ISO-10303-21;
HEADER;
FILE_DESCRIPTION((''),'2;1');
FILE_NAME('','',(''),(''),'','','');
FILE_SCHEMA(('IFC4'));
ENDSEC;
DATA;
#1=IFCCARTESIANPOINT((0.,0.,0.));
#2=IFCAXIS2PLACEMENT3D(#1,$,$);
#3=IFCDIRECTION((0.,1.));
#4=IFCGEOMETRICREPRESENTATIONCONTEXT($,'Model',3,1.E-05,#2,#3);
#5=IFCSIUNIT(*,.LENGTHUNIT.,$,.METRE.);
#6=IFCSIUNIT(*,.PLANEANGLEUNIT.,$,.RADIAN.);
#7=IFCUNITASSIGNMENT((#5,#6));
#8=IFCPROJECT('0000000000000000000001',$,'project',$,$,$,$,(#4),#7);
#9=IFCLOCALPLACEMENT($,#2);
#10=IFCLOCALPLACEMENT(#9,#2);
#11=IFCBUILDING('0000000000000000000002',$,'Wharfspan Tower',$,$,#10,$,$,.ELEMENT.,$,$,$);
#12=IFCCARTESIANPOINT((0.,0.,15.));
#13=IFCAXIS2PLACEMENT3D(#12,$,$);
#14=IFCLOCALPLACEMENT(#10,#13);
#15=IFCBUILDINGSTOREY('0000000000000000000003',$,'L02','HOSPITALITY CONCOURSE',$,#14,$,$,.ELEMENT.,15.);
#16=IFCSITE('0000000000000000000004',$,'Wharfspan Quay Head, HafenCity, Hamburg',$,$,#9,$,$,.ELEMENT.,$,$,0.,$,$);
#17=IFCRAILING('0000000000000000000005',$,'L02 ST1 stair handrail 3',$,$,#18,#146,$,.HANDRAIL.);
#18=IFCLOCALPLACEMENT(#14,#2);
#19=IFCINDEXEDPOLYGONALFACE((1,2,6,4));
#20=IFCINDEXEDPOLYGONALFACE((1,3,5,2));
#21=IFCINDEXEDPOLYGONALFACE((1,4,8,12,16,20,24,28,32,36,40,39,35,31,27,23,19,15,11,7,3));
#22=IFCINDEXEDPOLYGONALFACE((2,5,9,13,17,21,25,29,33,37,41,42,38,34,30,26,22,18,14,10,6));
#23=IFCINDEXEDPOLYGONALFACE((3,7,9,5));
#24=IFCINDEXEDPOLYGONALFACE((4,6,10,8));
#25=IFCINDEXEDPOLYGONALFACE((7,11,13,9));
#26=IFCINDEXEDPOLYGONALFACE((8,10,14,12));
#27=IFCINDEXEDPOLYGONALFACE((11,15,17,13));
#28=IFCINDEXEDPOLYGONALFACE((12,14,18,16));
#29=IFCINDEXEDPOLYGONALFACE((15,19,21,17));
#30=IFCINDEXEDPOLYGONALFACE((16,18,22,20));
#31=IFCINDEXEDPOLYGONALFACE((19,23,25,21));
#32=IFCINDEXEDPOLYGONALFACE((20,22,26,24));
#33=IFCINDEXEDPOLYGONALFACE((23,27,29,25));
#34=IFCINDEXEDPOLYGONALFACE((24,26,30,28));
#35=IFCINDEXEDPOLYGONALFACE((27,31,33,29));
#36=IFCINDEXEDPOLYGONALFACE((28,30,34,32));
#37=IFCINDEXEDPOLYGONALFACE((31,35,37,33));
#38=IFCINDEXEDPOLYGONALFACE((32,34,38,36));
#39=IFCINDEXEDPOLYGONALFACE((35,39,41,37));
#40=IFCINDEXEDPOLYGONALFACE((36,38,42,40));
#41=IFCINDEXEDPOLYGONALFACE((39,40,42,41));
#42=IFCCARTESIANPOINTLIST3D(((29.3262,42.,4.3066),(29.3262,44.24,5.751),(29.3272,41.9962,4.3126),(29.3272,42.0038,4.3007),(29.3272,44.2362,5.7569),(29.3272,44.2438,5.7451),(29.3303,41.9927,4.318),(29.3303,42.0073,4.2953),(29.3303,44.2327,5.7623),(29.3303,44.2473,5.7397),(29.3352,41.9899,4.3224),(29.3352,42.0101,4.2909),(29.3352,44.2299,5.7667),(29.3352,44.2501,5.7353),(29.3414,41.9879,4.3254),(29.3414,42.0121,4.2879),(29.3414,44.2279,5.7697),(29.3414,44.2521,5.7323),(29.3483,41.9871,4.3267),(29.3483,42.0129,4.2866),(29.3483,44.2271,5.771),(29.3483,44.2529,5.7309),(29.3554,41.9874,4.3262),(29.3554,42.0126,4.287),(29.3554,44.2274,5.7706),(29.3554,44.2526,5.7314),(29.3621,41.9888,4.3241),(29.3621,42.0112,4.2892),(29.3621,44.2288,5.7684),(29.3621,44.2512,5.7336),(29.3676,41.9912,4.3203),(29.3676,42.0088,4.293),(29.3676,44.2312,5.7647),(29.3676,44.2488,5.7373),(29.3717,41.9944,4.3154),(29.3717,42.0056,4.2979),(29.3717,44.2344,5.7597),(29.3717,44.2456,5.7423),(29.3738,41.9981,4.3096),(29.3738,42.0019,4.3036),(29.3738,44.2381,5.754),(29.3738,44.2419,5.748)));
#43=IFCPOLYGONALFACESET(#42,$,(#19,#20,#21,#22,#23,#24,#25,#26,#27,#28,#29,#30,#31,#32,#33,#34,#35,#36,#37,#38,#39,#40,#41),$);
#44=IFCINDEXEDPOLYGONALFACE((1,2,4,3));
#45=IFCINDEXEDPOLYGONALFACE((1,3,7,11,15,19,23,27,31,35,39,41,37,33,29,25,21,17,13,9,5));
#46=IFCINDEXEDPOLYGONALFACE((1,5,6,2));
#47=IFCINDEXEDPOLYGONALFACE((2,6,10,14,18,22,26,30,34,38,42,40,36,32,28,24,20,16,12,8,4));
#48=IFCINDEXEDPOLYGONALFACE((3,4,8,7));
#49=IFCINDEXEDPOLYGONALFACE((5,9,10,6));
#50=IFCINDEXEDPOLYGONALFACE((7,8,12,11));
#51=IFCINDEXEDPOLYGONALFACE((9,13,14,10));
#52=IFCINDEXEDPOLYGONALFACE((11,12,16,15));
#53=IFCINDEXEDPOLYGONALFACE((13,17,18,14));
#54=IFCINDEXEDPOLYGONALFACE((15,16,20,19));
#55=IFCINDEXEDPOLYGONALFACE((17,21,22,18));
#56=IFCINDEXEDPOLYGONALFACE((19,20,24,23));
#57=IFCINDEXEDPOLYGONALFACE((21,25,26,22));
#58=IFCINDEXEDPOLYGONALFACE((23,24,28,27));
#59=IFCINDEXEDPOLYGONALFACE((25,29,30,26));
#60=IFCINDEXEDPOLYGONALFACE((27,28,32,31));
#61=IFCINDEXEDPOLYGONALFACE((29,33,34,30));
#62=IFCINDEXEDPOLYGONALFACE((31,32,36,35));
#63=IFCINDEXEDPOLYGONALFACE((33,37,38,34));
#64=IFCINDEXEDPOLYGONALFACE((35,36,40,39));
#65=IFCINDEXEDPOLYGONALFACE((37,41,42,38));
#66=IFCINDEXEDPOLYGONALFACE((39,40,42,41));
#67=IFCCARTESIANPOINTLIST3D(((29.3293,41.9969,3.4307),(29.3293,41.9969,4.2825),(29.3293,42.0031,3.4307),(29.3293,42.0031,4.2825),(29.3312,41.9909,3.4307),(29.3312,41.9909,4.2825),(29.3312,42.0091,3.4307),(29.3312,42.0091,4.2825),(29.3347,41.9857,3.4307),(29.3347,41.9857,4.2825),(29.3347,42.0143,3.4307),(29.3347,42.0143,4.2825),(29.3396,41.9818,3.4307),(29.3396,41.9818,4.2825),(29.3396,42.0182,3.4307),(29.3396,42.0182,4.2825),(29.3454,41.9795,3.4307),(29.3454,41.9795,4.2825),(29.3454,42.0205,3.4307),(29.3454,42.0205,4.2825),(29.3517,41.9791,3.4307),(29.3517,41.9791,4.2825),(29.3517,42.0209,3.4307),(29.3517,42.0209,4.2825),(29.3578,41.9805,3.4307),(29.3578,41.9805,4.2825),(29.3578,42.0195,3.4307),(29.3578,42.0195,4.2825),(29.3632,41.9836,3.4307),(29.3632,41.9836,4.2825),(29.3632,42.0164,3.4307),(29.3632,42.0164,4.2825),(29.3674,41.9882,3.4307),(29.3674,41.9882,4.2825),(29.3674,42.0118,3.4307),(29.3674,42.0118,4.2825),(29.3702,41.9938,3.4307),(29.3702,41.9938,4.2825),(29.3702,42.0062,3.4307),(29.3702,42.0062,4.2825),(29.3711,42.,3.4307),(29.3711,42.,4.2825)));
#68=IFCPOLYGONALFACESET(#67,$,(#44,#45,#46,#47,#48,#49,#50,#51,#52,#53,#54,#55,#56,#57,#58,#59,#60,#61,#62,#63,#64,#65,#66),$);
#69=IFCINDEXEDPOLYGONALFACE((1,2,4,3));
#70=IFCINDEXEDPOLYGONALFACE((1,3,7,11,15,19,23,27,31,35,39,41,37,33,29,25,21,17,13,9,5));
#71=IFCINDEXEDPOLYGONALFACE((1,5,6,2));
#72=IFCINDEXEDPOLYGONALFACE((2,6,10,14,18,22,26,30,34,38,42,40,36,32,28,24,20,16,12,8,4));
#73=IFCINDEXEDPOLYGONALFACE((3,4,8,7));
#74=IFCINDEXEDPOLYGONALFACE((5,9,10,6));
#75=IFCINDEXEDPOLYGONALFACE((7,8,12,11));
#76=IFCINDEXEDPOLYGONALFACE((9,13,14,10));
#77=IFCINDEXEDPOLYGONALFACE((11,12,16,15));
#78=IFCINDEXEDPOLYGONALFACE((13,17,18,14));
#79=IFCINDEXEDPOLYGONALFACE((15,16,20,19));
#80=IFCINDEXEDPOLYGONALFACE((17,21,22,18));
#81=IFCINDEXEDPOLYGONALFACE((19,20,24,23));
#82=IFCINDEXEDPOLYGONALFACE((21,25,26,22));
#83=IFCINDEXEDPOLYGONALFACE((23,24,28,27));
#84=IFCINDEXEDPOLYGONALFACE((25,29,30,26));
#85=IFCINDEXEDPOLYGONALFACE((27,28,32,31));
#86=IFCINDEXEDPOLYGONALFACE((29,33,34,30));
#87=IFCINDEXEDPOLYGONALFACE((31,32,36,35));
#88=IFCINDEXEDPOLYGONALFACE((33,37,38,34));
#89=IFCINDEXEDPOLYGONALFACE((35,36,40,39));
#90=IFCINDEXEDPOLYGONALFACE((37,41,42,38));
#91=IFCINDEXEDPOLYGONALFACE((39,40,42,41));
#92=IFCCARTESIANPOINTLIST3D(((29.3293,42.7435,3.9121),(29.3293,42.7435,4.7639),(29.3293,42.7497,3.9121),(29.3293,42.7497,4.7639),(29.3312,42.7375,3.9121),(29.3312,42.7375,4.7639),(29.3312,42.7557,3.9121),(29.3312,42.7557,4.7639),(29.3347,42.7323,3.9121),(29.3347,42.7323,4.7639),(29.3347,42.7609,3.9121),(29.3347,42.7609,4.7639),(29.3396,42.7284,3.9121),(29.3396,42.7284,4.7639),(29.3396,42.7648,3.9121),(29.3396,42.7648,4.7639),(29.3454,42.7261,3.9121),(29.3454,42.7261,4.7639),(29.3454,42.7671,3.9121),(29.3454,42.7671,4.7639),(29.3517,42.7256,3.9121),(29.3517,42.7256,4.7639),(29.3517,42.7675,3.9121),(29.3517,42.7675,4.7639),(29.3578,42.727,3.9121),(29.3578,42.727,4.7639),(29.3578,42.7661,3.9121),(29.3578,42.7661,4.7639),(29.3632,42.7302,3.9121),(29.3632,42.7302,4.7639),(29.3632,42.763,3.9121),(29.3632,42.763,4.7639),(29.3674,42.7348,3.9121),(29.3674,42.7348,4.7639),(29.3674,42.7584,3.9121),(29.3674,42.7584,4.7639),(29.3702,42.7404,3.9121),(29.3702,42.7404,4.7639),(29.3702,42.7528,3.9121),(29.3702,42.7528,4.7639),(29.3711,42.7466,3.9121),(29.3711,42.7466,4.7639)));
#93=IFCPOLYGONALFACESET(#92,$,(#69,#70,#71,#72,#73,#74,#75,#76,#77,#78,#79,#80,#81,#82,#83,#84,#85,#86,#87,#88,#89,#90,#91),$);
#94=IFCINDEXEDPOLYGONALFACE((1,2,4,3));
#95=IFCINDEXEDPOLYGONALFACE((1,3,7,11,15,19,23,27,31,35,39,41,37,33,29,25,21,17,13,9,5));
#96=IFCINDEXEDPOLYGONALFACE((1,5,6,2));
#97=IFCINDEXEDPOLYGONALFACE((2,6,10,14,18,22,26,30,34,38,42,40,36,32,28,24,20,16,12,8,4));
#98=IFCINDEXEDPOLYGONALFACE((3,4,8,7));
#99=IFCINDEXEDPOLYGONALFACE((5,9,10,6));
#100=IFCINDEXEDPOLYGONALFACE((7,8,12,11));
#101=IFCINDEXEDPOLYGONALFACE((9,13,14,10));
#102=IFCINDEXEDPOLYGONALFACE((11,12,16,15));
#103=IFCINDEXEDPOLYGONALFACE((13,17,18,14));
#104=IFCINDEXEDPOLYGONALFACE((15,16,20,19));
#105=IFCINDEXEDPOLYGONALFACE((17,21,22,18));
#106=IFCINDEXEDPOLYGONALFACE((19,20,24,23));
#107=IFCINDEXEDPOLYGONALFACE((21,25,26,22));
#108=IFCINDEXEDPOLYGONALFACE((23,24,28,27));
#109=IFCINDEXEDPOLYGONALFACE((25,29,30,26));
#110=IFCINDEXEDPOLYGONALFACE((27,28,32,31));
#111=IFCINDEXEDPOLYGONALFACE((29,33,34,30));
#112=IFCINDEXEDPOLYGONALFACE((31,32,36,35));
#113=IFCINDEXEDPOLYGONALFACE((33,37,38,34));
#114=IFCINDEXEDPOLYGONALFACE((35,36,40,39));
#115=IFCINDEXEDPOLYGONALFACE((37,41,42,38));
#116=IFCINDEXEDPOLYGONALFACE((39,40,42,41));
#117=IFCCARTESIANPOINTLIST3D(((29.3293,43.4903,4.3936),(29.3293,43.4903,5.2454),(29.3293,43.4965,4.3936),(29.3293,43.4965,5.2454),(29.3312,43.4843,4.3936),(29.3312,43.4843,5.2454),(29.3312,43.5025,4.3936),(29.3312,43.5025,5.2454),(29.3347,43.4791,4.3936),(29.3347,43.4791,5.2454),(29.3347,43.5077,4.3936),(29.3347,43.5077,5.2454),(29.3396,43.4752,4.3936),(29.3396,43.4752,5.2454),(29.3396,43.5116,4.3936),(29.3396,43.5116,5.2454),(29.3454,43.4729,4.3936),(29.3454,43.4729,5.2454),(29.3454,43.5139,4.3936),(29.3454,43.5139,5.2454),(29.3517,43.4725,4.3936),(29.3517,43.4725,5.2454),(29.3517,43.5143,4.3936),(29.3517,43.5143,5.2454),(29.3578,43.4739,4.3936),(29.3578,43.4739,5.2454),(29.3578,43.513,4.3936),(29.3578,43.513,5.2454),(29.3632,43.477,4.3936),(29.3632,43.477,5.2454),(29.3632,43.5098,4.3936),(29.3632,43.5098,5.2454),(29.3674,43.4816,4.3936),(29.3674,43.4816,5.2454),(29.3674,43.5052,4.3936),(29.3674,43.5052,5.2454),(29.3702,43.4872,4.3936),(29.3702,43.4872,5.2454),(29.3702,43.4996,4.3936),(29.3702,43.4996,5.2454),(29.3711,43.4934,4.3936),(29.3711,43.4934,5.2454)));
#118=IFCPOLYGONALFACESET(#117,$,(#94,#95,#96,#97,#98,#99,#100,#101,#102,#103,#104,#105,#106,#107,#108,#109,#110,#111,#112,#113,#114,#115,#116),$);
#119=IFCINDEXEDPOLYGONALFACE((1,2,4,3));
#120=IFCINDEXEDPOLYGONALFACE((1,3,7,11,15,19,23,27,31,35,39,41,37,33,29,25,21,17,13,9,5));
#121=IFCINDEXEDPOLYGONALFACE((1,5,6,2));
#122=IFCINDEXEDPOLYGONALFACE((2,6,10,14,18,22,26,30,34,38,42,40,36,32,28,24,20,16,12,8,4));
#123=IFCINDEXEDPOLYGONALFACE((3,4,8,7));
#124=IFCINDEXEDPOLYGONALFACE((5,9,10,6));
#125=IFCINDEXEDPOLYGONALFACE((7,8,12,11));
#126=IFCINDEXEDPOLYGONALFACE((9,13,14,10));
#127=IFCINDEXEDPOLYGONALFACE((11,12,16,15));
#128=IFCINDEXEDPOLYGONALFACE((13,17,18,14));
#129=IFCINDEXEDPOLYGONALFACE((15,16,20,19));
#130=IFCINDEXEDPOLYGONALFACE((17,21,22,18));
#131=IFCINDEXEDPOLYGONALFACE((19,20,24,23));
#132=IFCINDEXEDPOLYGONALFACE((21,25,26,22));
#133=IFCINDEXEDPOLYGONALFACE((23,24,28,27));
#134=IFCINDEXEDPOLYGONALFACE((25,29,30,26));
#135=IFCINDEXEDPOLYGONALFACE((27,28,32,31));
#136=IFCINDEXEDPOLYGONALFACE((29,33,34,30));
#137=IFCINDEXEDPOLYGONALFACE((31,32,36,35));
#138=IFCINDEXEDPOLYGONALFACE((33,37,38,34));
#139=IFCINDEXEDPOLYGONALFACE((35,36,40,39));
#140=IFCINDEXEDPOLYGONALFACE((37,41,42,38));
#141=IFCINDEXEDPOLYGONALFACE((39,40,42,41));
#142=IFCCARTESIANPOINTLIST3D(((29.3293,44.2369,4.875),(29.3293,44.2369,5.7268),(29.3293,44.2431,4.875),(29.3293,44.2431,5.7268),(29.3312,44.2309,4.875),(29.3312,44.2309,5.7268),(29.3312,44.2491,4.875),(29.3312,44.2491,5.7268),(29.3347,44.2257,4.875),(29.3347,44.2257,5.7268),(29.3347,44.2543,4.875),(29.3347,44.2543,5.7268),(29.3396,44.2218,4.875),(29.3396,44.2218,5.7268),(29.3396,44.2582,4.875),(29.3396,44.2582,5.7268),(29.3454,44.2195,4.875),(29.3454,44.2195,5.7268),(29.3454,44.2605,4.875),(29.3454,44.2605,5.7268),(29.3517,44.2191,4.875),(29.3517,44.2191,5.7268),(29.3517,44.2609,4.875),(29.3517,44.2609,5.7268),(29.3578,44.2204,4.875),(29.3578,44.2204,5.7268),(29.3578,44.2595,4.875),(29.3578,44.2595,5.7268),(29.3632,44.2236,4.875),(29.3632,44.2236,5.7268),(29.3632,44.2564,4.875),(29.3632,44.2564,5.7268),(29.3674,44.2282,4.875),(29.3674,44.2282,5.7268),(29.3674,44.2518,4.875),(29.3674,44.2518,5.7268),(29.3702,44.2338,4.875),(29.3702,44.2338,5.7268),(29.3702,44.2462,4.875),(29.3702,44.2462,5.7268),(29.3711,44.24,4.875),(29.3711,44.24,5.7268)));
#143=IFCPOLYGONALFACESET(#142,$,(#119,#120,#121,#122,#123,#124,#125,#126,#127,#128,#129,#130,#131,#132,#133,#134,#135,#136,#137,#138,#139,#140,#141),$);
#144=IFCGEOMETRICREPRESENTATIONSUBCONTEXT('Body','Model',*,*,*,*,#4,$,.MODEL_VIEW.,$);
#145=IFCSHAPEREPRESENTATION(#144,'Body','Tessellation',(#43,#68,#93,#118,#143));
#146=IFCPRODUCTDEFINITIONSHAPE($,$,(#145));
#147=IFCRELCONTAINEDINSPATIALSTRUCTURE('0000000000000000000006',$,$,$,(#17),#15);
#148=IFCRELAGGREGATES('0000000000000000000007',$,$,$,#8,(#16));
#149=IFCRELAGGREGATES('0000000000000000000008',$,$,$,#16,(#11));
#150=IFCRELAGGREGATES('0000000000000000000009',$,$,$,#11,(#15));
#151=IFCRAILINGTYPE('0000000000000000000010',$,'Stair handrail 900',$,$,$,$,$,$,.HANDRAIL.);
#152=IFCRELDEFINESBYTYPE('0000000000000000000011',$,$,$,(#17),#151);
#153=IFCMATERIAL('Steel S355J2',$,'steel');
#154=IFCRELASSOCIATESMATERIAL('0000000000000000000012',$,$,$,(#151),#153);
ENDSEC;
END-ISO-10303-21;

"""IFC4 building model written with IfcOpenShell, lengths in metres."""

from ifc_helpers import new_model, si_unit, direction, frame, origin, origin_2d, place, context, subcontext, project, spatial, circle, extrude, material, type_object, element, save


model = new_model("IFC4")

# Units and contexts
model_context = context("Model", 3, precision=1e-05, world=origin(), true_north=direction((0.0, 1.0)))
body_context = subcontext(model_context, "Body", "Model", "MODEL_VIEW")
ifc_project = project(units=[si_unit("LENGTHUNIT", "METRE"), si_unit("PLANEANGLEUNIT", "RADIAN")], contexts=[model_context])

# Site, building, storey
site_placement = place(None, origin())
site = spatial("IfcSite", under=ifc_project, at=site_placement, Name="Wharfspan Quay Head, HafenCity, Hamburg", CompositionType="ELEMENT", RefElevation=0.0)
building_placement = place(site_placement, origin())
building = spatial("IfcBuilding", under=site, at=building_placement, Name="Wharfspan Tower", CompositionType="ELEMENT")
storey_placement = place(building_placement, frame((0.0, 0.0, 15.0)))
storey = spatial("IfcBuildingStorey", under=building, at=storey_placement, Name="L02", Description="HOSPITALITY CONCOURSE", CompositionType="ELEMENT", Elevation=15.0)

# Railing
ifc_material_1 = material(Name="Steel S355J2", Category="steel")
railing_type_1 = type_object("IfcRailingType", Name="Stair handrail 900", PredefinedType="HANDRAIL", material=ifc_material_1)
for number, where, name in (
    (1, (29.3501, 42.0, 3.4307), "L02 ST1 stair handrail 3"),
):
    element("IfcRailing", number, at=place(storey_placement, frame(where)), inside=storey, type_object=railing_type_1, Name=name, PredefinedType="HANDRAIL", context=body_context, shape_type="SweptSolid", body=[
        extrude(circle(Radius=0.0239, at=origin_2d()), frame((0.0, 0.0, 0.876), z_axis=(0.0, 0.840437, 0.54191), x_axis=(-1.0, 0.0, 0.0)), (0.0, 0.0, 1.0), 2.6653),
        extrude(circle(Radius=0.021, at=origin_2d()), origin(), (0.0, 0.0, 1.0), 0.8518),
        extrude(circle(Radius=0.021, at=origin_2d()), frame((0.0, 0.7466, 0.4814)), (0.0, 0.0, 1.0), 0.8518),
        extrude(circle(Radius=0.021, at=origin_2d()), frame((0.0, 1.4934, 0.9629)), (0.0, 0.0, 1.0), 0.8518),
        extrude(circle(Radius=0.021, at=origin_2d()), frame((0.0, 2.24, 1.4443)), (0.0, 0.0, 1.0), 0.8518),
    ])

save(model, "model.ifc")
